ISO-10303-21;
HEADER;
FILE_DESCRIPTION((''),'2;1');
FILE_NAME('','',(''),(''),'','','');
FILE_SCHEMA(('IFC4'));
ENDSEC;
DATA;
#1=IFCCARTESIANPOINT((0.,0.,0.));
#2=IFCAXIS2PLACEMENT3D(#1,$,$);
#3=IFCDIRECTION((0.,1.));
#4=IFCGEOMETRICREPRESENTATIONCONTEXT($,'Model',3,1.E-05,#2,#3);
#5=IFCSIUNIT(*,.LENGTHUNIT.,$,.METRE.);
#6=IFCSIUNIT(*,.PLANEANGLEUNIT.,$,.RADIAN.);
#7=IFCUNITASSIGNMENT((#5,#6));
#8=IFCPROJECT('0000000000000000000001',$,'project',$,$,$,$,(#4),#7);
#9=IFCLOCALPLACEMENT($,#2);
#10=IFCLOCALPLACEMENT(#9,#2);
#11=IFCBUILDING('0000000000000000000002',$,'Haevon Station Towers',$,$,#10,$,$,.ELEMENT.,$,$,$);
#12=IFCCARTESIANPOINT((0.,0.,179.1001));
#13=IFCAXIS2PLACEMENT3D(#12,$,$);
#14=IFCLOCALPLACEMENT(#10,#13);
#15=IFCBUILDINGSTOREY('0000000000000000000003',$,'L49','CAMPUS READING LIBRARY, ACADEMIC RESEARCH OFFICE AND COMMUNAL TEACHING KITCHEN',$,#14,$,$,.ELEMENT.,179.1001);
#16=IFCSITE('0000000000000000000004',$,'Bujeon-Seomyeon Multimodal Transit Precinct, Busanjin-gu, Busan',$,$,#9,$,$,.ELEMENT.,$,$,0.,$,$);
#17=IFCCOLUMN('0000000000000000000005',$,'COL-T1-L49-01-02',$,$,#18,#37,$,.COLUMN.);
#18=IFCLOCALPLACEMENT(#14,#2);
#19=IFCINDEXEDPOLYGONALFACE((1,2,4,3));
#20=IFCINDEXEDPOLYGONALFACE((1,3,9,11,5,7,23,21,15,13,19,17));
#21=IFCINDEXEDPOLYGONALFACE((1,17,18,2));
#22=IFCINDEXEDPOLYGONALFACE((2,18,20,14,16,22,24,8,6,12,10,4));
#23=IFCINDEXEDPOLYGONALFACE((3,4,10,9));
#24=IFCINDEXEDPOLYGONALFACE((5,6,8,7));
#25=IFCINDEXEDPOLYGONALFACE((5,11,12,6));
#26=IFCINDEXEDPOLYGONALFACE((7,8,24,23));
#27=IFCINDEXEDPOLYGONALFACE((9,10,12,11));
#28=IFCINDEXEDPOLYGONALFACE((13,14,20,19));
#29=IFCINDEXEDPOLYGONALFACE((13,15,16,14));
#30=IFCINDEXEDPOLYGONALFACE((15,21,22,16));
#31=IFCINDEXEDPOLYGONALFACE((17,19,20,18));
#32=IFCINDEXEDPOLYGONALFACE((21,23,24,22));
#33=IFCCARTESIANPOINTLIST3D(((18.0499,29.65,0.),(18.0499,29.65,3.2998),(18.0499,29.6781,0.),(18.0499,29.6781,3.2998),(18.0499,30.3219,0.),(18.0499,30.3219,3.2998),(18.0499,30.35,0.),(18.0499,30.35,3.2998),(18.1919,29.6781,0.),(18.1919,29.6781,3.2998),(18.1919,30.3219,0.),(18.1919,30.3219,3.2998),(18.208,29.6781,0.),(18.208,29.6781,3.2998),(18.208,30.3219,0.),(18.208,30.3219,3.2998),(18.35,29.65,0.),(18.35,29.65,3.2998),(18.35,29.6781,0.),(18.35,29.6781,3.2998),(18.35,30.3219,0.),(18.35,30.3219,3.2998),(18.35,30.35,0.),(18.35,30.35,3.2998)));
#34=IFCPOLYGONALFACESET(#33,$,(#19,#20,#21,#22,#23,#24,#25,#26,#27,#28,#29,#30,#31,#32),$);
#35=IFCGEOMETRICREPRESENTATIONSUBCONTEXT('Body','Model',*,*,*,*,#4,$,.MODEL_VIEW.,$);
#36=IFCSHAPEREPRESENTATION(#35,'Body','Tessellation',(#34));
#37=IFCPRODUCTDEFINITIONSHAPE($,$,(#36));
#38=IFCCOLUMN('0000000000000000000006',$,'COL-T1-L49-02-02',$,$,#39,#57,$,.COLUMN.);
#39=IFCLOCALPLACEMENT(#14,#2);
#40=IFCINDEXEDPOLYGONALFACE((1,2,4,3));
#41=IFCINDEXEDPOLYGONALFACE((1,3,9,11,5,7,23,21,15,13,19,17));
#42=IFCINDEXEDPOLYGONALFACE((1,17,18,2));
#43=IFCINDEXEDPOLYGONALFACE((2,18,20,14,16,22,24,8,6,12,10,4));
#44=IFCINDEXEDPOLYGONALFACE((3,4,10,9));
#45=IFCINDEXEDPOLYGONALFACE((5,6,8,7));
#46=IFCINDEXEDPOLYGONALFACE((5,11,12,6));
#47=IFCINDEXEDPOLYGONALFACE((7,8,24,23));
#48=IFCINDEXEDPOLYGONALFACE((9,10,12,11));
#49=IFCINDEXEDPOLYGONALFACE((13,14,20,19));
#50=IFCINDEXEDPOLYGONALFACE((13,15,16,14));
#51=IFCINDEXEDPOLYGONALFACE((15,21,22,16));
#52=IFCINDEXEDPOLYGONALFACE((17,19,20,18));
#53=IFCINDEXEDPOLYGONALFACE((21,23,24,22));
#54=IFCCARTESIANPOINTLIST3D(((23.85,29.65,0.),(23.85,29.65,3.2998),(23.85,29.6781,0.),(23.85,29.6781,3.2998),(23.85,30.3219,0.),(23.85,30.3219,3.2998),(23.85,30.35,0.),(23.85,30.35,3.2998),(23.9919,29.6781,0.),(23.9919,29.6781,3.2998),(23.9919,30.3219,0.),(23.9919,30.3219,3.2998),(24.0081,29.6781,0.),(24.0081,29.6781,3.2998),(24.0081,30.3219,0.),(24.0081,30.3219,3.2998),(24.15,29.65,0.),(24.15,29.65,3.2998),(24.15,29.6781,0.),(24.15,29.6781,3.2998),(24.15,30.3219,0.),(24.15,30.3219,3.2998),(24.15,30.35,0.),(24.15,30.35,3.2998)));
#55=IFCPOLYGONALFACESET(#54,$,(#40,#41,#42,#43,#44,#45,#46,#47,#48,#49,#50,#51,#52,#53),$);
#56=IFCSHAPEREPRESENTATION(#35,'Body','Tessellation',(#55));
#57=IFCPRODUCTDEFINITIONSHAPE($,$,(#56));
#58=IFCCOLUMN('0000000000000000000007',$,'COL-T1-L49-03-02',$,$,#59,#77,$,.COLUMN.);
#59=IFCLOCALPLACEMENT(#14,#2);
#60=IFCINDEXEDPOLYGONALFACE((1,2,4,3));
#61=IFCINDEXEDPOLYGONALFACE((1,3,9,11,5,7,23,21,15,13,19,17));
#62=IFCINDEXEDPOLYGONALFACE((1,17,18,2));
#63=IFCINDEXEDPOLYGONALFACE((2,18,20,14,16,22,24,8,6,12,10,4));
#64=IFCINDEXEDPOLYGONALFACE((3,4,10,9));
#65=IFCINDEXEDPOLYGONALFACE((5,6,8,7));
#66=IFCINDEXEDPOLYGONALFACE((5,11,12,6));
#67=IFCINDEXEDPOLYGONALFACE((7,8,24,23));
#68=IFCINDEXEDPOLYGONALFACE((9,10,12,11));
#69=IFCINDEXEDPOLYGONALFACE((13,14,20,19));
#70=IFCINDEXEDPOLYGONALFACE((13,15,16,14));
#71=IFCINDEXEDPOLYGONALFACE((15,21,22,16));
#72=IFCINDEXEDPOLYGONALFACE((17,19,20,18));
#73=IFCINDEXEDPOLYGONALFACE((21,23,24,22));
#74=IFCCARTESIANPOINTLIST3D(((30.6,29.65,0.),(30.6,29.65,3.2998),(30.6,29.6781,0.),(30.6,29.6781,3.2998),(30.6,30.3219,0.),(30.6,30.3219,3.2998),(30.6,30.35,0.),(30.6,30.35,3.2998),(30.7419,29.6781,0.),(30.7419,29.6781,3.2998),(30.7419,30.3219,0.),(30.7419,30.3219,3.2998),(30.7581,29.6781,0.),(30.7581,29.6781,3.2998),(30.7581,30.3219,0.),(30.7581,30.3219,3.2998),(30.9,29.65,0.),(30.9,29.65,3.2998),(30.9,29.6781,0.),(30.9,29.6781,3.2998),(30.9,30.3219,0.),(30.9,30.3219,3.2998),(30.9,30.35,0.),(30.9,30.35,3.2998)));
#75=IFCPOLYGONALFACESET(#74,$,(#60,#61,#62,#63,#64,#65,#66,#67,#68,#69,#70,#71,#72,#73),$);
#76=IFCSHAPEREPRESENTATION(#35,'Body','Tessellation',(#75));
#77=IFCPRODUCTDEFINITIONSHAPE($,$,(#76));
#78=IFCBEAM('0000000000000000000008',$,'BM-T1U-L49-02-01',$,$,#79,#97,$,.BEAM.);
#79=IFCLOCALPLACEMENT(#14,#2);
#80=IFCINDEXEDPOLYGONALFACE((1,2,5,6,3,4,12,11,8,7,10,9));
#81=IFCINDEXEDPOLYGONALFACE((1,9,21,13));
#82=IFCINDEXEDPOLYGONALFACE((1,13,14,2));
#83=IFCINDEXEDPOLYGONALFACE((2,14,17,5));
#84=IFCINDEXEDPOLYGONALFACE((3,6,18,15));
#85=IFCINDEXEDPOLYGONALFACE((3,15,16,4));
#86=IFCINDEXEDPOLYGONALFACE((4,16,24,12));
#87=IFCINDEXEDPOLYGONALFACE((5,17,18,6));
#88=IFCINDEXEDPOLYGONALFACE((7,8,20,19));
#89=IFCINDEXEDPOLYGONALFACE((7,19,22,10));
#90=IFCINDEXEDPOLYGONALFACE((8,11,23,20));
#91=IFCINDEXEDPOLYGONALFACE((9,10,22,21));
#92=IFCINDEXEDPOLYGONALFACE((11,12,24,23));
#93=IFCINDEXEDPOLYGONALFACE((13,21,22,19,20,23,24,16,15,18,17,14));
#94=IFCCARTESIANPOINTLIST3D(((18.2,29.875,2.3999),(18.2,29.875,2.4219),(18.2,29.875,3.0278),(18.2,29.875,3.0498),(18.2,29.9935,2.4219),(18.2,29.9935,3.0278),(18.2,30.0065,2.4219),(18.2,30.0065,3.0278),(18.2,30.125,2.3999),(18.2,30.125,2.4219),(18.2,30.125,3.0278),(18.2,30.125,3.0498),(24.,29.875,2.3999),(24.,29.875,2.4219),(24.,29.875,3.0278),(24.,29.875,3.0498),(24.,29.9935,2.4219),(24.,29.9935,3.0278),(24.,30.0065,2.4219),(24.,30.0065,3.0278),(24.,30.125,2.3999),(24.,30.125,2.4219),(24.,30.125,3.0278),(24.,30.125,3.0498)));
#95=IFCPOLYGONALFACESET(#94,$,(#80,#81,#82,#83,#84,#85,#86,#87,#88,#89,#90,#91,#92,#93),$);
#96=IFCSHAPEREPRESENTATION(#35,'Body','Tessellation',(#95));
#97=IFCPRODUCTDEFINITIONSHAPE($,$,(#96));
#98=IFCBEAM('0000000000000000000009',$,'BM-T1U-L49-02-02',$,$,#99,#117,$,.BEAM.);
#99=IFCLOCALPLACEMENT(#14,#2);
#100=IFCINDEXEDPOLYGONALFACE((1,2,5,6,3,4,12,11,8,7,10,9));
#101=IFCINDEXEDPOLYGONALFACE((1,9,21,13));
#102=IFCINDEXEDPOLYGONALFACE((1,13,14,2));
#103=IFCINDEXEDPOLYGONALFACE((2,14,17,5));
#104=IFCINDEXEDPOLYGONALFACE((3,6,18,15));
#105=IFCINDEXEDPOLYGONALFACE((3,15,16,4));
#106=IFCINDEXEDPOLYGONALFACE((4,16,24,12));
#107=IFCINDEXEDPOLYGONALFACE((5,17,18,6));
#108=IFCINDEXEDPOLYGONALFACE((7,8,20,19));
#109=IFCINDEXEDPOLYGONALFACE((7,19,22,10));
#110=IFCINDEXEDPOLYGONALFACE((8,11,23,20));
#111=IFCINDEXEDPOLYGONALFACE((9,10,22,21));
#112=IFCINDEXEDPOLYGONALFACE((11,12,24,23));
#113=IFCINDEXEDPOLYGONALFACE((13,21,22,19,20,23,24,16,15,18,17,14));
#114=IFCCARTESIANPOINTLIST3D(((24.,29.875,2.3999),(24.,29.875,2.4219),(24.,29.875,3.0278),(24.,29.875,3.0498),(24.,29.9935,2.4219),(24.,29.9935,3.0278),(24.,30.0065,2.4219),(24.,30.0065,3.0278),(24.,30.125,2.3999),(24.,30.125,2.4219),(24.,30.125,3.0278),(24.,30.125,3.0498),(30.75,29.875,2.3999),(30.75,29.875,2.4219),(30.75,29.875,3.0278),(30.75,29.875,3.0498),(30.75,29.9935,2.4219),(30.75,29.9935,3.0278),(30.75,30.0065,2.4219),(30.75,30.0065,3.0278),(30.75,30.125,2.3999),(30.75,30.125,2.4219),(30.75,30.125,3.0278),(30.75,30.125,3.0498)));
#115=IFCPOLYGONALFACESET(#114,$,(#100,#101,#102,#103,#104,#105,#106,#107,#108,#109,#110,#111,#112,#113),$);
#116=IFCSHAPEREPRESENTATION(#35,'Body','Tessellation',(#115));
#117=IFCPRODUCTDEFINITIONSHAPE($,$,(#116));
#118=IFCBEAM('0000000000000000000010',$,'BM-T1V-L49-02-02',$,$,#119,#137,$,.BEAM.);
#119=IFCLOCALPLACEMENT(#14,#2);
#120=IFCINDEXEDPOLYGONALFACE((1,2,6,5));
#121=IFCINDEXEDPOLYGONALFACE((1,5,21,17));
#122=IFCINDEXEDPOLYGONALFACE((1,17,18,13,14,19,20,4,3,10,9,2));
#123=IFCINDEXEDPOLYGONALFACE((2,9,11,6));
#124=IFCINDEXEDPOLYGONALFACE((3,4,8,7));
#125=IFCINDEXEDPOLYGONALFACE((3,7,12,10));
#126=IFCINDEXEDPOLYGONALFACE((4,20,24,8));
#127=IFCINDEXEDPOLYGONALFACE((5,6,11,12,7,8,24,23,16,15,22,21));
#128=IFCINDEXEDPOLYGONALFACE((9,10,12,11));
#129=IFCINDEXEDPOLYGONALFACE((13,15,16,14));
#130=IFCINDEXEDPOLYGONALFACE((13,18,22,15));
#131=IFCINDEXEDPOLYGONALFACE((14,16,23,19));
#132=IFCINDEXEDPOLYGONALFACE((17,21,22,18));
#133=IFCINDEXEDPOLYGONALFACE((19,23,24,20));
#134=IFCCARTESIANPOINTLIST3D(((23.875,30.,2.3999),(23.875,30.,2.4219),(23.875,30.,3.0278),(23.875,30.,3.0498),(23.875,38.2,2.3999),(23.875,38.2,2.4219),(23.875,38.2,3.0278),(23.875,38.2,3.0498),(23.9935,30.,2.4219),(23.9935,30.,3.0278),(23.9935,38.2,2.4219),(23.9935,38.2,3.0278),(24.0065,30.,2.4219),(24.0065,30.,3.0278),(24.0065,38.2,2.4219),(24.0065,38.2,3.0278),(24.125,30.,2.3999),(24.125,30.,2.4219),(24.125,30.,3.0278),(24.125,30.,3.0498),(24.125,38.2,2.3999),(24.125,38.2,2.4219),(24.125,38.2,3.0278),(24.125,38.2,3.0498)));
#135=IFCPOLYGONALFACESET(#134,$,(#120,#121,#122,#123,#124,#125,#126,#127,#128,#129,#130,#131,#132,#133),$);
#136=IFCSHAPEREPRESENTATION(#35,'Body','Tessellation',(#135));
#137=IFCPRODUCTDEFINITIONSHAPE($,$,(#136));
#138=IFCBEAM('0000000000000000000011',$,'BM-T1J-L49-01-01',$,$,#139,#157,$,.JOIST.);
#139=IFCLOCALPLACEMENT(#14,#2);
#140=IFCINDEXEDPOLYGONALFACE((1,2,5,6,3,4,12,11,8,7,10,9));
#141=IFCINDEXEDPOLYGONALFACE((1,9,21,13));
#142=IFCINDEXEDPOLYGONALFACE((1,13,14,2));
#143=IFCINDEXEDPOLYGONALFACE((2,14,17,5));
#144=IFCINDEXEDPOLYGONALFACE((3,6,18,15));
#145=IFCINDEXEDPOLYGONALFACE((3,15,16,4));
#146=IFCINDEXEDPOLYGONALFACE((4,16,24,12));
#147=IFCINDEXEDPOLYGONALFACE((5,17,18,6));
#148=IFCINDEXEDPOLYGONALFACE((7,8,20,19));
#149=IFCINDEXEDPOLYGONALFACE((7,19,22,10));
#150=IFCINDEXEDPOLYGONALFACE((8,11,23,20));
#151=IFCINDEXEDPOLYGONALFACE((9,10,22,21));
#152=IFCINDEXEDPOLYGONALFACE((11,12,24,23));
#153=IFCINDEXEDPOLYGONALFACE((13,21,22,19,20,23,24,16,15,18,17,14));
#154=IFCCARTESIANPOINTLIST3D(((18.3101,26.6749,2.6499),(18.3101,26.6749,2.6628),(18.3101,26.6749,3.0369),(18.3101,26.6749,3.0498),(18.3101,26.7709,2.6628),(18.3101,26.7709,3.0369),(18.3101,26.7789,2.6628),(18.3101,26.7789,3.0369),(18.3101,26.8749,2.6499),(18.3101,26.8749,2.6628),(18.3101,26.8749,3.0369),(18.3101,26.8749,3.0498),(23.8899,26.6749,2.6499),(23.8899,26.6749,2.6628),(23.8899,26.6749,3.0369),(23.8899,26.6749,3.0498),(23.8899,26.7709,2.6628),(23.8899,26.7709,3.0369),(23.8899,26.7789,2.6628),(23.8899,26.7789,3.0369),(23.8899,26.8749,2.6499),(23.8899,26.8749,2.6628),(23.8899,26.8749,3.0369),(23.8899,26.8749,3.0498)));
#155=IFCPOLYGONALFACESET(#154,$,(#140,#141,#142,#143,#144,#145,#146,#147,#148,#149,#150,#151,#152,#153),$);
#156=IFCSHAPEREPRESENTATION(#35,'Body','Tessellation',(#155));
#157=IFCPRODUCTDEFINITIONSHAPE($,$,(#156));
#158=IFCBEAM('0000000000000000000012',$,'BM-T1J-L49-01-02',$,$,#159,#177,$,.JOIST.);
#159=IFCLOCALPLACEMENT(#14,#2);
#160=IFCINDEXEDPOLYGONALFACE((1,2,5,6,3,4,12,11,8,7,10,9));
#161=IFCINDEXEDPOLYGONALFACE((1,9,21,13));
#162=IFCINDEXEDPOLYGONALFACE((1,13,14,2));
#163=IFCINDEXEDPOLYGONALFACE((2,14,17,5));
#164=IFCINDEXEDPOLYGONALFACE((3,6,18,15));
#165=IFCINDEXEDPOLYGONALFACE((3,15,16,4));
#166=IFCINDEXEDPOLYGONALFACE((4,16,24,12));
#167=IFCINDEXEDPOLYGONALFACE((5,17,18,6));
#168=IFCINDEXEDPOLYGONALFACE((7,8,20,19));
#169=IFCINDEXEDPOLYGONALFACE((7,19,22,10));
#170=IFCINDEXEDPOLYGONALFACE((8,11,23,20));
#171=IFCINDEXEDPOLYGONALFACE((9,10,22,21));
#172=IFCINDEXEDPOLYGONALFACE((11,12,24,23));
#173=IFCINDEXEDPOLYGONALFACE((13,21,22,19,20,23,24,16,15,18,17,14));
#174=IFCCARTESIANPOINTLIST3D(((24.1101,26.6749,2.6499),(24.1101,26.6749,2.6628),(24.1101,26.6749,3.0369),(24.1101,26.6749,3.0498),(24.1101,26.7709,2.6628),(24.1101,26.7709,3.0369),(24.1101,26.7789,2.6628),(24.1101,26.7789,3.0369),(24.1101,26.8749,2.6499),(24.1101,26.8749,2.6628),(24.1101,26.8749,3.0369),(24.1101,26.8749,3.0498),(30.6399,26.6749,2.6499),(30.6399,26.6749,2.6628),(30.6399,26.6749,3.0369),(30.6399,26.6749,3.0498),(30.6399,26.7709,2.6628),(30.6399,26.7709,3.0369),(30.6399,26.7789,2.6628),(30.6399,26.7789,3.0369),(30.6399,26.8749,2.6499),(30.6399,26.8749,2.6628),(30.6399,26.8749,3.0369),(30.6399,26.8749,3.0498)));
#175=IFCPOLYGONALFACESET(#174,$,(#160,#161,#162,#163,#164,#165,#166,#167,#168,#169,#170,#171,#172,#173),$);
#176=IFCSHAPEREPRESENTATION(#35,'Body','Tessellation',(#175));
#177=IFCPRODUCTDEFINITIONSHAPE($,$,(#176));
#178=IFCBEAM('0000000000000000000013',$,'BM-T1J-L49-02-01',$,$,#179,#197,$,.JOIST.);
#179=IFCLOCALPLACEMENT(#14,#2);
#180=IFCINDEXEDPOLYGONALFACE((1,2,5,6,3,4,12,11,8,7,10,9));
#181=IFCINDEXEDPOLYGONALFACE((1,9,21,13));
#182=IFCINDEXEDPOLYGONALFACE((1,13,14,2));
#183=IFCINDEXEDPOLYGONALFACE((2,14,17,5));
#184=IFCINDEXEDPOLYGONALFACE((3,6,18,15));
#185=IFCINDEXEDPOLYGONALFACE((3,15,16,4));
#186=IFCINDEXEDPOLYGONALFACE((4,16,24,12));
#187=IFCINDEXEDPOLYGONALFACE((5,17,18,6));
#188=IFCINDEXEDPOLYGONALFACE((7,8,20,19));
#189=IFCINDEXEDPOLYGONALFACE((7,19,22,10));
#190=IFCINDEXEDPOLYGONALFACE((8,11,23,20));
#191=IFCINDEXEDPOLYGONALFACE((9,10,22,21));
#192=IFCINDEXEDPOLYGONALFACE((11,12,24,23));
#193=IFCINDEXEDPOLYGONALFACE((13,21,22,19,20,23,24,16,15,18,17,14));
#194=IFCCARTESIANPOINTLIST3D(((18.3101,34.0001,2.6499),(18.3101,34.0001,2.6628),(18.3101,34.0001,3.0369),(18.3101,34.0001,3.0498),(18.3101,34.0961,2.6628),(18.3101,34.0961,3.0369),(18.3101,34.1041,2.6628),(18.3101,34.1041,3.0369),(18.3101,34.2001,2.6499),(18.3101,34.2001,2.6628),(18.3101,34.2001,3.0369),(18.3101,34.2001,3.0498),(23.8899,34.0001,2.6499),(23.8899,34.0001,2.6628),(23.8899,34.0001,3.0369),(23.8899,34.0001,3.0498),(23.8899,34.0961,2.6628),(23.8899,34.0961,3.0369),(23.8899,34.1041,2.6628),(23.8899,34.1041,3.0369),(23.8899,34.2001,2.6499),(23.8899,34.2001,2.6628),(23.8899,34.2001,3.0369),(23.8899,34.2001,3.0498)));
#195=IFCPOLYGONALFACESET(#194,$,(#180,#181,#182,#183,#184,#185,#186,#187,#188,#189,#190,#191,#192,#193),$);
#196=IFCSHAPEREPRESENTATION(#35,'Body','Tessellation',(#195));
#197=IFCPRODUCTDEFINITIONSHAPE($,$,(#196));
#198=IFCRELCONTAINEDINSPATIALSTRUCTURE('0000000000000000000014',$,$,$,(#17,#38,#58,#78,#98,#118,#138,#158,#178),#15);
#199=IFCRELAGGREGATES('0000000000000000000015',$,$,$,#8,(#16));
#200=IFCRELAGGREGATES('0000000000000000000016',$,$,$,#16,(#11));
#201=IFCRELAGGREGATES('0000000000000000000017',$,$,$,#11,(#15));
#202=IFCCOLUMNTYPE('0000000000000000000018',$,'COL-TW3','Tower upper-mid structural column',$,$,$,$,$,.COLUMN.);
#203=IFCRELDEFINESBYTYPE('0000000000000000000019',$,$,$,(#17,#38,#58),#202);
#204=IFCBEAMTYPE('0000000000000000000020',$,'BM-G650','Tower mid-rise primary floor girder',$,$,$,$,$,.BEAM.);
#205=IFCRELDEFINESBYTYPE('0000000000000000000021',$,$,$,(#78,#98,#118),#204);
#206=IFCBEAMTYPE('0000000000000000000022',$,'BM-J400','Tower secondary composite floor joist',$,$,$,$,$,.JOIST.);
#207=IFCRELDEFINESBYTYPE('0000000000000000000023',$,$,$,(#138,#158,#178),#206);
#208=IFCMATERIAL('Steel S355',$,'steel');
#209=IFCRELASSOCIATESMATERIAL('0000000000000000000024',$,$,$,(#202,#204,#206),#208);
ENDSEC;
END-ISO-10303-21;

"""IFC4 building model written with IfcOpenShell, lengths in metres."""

from ifc_helpers import new_model, si_unit, direction, frame, origin, origin_2d, place, context, subcontext, project, spatial, i_section, extrude, material, material_profile, profile_set, type_object, element, save


model = new_model("IFC4")

# Units and contexts
model_context = context("Model", 3, precision=1e-05, world=origin(), true_north=direction((0.0, 1.0)))
body_context = subcontext(model_context, "Body", "Model", "MODEL_VIEW")
ifc_project = project(units=[si_unit("LENGTHUNIT", "METRE"), si_unit("PLANEANGLEUNIT", "RADIAN")], contexts=[model_context])

# Site, building, storey
site_placement = place(None, origin())
site = spatial("IfcSite", under=ifc_project, at=site_placement, Name="Bujeon-Seomyeon Multimodal Transit Precinct, Busanjin-gu, Busan", CompositionType="ELEMENT", RefElevation=0.0)
building_placement = place(site_placement, origin())
building = spatial("IfcBuilding", under=site, at=building_placement, Name="Haevon Station Towers", CompositionType="ELEMENT")
storey_placement = place(building_placement, frame((0.0, 0.0, 179.1001)))
storey = spatial("IfcBuildingStorey", under=building, at=storey_placement, Name="L49", Description="CAMPUS READING LIBRARY, ACADEMIC RESEARCH OFFICE AND COMMUNAL TEACHING KITCHEN", CompositionType="ELEMENT", Elevation=179.1001)

# Columns
ifc_material_1 = material(Name="Steel S355", Category="steel")
ifc_material_profile_1 = material_profile(ifc_material_1, i_section(OverallWidth=0.3, OverallDepth=0.7, WebThickness=0.0161, FlangeThickness=0.0281, at=origin_2d()), Name="H-700x300x16x28")
ifc_profile_set_1 = profile_set([ifc_material_profile_1], Name="Steel S355")
column_type = type_object("IfcColumnType", Name="COL-TW3", Description="Tower upper-mid structural column", PredefinedType="COLUMN", material=ifc_profile_set_1)
for number, where, z_axis, x_axis, name in (
    (1, (18.2, 30.0, 0.0), (0.0, 0.0, 1.0), (1.0, 0.0, 0.0), "COL-T1-L49-01-02"),
    (2, (24.0, 30.0, 0.0), (0.0, 0.0, 1.0), (1.0, 0.0, 0.0), "COL-T1-L49-02-02"),
    (3, (30.75, 30.0, 0.0), (0.0, 0.0, 1.0), (1.0, 0.0, 0.0), "COL-T1-L49-03-02"),
):
    element("IfcColumn", number, at=place(storey_placement, frame(where, z_axis=z_axis, x_axis=x_axis)), inside=storey, type_object=column_type, Name=name, PredefinedType="COLUMN", context=body_context, shape_type="SweptSolid", body=[
        extrude(i_section(OverallWidth=0.3, OverallDepth=0.7, WebThickness=0.0161, FlangeThickness=0.0281, at=origin_2d()), origin(), (0.0, 0.0, 1.0), 3.2998),
    ])

# Beams
ifc_material_profile_2 = material_profile(ifc_material_1, i_section(OverallWidth=0.25, OverallDepth=0.6499, WebThickness=0.0129, FlangeThickness=0.022, at=origin_2d()), Name="H-650x250x13x22")
ifc_profile_set_2 = profile_set([ifc_material_profile_2], Name="Steel S355")
beam_type_1 = type_object("IfcBeamType", Name="BM-G650", Description="Tower mid-rise primary floor girder", PredefinedType="BEAM", material=ifc_profile_set_2)
beam_1_placement = place(storey_placement, frame((18.2, 30.0, 2.7249), z_axis=(1.0, 0.0, 0.0), x_axis=(0.0, 1.0, 0.0)))
element("IfcBeam", 4, at=beam_1_placement, inside=storey, type_object=beam_type_1, Name="BM-T1U-L49-02-01", PredefinedType="BEAM", context=body_context, shape_type="SweptSolid", body=[
    extrude(i_section(OverallWidth=0.25, OverallDepth=0.6499, WebThickness=0.0129, FlangeThickness=0.022, at=origin_2d()), origin(), (0.0, 0.0, 1.0), 5.8),
])
beam_2_placement = place(storey_placement, frame((24.0, 30.0, 2.7249), z_axis=(1.0, 0.0, 0.0), x_axis=(0.0, 1.0, 0.0)))
element("IfcBeam", 5, at=beam_2_placement, inside=storey, type_object=beam_type_1, Name="BM-T1U-L49-02-02", PredefinedType="BEAM", context=body_context, shape_type="SweptSolid", body=[
    extrude(i_section(OverallWidth=0.25, OverallDepth=0.6499, WebThickness=0.0129, FlangeThickness=0.022, at=origin_2d()), origin(), (0.0, 0.0, 1.0), 6.75),
])
beam_3_placement = place(storey_placement, frame((24.0, 30.0, 2.7249), z_axis=(0.0, 1.0, 0.0), x_axis=(-1.0, 0.0, 0.0)))
element("IfcBeam", 6, at=beam_3_placement, inside=storey, type_object=beam_type_1, Name="BM-T1V-L49-02-02", PredefinedType="BEAM", context=body_context, shape_type="SweptSolid", body=[
    extrude(i_section(OverallWidth=0.25, OverallDepth=0.6499, WebThickness=0.0129, FlangeThickness=0.022, at=origin_2d()), origin(), (0.0, 0.0, 1.0), 8.2),
])
ifc_material_profile_3 = material_profile(ifc_material_1, i_section(OverallWidth=0.2, OverallDepth=0.3999, WebThickness=0.0081, FlangeThickness=0.0129, at=origin_2d()), Name="H-400x200x8x13")
ifc_profile_set_3 = profile_set([ifc_material_profile_3], Name="Steel S355")
beam_type_2 = type_object("IfcBeamType", Name="BM-J400", Description="Tower secondary composite floor joist", PredefinedType="JOIST", material=ifc_profile_set_3)
beam_4_placement = place(storey_placement, frame((18.3101, 26.7749, 2.8499), z_axis=(1.0, 0.0, 0.0), x_axis=(0.0, 1.0, 0.0)))
element("IfcBeam", 7, at=beam_4_placement, inside=storey, type_object=beam_type_2, Name="BM-T1J-L49-01-01", PredefinedType="JOIST", context=body_context, shape_type="SweptSolid", body=[
    extrude(i_section(OverallWidth=0.2, OverallDepth=0.3999, WebThickness=0.0081, FlangeThickness=0.0129, at=origin_2d()), origin(), (0.0, 0.0, 1.0), 5.5798),
])
beam_5_placement = place(storey_placement, frame((24.1101, 26.7749, 2.8499), z_axis=(1.0, 0.0, 0.0), x_axis=(0.0, 1.0, 0.0)))
element("IfcBeam", 8, at=beam_5_placement, inside=storey, type_object=beam_type_2, Name="BM-T1J-L49-01-02", PredefinedType="JOIST", context=body_context, shape_type="SweptSolid", body=[
    extrude(i_section(OverallWidth=0.2, OverallDepth=0.3999, WebThickness=0.0081, FlangeThickness=0.0129, at=origin_2d()), origin(), (0.0, 0.0, 1.0), 6.5298),
])
beam_6_placement = place(storey_placement, frame((18.3101, 34.1001, 2.8499), z_axis=(1.0, 0.0, 0.0), x_axis=(0.0, 1.0, 0.0)))
element("IfcBeam", 9, at=beam_6_placement, inside=storey, type_object=beam_type_2, Name="BM-T1J-L49-02-01", PredefinedType="JOIST", context=body_context, shape_type="SweptSolid", body=[
    extrude(i_section(OverallWidth=0.2, OverallDepth=0.3999, WebThickness=0.0081, FlangeThickness=0.0129, at=origin_2d()), origin(), (0.0, 0.0, 1.0), 5.5798),
])

save(model, "model.ifc")
